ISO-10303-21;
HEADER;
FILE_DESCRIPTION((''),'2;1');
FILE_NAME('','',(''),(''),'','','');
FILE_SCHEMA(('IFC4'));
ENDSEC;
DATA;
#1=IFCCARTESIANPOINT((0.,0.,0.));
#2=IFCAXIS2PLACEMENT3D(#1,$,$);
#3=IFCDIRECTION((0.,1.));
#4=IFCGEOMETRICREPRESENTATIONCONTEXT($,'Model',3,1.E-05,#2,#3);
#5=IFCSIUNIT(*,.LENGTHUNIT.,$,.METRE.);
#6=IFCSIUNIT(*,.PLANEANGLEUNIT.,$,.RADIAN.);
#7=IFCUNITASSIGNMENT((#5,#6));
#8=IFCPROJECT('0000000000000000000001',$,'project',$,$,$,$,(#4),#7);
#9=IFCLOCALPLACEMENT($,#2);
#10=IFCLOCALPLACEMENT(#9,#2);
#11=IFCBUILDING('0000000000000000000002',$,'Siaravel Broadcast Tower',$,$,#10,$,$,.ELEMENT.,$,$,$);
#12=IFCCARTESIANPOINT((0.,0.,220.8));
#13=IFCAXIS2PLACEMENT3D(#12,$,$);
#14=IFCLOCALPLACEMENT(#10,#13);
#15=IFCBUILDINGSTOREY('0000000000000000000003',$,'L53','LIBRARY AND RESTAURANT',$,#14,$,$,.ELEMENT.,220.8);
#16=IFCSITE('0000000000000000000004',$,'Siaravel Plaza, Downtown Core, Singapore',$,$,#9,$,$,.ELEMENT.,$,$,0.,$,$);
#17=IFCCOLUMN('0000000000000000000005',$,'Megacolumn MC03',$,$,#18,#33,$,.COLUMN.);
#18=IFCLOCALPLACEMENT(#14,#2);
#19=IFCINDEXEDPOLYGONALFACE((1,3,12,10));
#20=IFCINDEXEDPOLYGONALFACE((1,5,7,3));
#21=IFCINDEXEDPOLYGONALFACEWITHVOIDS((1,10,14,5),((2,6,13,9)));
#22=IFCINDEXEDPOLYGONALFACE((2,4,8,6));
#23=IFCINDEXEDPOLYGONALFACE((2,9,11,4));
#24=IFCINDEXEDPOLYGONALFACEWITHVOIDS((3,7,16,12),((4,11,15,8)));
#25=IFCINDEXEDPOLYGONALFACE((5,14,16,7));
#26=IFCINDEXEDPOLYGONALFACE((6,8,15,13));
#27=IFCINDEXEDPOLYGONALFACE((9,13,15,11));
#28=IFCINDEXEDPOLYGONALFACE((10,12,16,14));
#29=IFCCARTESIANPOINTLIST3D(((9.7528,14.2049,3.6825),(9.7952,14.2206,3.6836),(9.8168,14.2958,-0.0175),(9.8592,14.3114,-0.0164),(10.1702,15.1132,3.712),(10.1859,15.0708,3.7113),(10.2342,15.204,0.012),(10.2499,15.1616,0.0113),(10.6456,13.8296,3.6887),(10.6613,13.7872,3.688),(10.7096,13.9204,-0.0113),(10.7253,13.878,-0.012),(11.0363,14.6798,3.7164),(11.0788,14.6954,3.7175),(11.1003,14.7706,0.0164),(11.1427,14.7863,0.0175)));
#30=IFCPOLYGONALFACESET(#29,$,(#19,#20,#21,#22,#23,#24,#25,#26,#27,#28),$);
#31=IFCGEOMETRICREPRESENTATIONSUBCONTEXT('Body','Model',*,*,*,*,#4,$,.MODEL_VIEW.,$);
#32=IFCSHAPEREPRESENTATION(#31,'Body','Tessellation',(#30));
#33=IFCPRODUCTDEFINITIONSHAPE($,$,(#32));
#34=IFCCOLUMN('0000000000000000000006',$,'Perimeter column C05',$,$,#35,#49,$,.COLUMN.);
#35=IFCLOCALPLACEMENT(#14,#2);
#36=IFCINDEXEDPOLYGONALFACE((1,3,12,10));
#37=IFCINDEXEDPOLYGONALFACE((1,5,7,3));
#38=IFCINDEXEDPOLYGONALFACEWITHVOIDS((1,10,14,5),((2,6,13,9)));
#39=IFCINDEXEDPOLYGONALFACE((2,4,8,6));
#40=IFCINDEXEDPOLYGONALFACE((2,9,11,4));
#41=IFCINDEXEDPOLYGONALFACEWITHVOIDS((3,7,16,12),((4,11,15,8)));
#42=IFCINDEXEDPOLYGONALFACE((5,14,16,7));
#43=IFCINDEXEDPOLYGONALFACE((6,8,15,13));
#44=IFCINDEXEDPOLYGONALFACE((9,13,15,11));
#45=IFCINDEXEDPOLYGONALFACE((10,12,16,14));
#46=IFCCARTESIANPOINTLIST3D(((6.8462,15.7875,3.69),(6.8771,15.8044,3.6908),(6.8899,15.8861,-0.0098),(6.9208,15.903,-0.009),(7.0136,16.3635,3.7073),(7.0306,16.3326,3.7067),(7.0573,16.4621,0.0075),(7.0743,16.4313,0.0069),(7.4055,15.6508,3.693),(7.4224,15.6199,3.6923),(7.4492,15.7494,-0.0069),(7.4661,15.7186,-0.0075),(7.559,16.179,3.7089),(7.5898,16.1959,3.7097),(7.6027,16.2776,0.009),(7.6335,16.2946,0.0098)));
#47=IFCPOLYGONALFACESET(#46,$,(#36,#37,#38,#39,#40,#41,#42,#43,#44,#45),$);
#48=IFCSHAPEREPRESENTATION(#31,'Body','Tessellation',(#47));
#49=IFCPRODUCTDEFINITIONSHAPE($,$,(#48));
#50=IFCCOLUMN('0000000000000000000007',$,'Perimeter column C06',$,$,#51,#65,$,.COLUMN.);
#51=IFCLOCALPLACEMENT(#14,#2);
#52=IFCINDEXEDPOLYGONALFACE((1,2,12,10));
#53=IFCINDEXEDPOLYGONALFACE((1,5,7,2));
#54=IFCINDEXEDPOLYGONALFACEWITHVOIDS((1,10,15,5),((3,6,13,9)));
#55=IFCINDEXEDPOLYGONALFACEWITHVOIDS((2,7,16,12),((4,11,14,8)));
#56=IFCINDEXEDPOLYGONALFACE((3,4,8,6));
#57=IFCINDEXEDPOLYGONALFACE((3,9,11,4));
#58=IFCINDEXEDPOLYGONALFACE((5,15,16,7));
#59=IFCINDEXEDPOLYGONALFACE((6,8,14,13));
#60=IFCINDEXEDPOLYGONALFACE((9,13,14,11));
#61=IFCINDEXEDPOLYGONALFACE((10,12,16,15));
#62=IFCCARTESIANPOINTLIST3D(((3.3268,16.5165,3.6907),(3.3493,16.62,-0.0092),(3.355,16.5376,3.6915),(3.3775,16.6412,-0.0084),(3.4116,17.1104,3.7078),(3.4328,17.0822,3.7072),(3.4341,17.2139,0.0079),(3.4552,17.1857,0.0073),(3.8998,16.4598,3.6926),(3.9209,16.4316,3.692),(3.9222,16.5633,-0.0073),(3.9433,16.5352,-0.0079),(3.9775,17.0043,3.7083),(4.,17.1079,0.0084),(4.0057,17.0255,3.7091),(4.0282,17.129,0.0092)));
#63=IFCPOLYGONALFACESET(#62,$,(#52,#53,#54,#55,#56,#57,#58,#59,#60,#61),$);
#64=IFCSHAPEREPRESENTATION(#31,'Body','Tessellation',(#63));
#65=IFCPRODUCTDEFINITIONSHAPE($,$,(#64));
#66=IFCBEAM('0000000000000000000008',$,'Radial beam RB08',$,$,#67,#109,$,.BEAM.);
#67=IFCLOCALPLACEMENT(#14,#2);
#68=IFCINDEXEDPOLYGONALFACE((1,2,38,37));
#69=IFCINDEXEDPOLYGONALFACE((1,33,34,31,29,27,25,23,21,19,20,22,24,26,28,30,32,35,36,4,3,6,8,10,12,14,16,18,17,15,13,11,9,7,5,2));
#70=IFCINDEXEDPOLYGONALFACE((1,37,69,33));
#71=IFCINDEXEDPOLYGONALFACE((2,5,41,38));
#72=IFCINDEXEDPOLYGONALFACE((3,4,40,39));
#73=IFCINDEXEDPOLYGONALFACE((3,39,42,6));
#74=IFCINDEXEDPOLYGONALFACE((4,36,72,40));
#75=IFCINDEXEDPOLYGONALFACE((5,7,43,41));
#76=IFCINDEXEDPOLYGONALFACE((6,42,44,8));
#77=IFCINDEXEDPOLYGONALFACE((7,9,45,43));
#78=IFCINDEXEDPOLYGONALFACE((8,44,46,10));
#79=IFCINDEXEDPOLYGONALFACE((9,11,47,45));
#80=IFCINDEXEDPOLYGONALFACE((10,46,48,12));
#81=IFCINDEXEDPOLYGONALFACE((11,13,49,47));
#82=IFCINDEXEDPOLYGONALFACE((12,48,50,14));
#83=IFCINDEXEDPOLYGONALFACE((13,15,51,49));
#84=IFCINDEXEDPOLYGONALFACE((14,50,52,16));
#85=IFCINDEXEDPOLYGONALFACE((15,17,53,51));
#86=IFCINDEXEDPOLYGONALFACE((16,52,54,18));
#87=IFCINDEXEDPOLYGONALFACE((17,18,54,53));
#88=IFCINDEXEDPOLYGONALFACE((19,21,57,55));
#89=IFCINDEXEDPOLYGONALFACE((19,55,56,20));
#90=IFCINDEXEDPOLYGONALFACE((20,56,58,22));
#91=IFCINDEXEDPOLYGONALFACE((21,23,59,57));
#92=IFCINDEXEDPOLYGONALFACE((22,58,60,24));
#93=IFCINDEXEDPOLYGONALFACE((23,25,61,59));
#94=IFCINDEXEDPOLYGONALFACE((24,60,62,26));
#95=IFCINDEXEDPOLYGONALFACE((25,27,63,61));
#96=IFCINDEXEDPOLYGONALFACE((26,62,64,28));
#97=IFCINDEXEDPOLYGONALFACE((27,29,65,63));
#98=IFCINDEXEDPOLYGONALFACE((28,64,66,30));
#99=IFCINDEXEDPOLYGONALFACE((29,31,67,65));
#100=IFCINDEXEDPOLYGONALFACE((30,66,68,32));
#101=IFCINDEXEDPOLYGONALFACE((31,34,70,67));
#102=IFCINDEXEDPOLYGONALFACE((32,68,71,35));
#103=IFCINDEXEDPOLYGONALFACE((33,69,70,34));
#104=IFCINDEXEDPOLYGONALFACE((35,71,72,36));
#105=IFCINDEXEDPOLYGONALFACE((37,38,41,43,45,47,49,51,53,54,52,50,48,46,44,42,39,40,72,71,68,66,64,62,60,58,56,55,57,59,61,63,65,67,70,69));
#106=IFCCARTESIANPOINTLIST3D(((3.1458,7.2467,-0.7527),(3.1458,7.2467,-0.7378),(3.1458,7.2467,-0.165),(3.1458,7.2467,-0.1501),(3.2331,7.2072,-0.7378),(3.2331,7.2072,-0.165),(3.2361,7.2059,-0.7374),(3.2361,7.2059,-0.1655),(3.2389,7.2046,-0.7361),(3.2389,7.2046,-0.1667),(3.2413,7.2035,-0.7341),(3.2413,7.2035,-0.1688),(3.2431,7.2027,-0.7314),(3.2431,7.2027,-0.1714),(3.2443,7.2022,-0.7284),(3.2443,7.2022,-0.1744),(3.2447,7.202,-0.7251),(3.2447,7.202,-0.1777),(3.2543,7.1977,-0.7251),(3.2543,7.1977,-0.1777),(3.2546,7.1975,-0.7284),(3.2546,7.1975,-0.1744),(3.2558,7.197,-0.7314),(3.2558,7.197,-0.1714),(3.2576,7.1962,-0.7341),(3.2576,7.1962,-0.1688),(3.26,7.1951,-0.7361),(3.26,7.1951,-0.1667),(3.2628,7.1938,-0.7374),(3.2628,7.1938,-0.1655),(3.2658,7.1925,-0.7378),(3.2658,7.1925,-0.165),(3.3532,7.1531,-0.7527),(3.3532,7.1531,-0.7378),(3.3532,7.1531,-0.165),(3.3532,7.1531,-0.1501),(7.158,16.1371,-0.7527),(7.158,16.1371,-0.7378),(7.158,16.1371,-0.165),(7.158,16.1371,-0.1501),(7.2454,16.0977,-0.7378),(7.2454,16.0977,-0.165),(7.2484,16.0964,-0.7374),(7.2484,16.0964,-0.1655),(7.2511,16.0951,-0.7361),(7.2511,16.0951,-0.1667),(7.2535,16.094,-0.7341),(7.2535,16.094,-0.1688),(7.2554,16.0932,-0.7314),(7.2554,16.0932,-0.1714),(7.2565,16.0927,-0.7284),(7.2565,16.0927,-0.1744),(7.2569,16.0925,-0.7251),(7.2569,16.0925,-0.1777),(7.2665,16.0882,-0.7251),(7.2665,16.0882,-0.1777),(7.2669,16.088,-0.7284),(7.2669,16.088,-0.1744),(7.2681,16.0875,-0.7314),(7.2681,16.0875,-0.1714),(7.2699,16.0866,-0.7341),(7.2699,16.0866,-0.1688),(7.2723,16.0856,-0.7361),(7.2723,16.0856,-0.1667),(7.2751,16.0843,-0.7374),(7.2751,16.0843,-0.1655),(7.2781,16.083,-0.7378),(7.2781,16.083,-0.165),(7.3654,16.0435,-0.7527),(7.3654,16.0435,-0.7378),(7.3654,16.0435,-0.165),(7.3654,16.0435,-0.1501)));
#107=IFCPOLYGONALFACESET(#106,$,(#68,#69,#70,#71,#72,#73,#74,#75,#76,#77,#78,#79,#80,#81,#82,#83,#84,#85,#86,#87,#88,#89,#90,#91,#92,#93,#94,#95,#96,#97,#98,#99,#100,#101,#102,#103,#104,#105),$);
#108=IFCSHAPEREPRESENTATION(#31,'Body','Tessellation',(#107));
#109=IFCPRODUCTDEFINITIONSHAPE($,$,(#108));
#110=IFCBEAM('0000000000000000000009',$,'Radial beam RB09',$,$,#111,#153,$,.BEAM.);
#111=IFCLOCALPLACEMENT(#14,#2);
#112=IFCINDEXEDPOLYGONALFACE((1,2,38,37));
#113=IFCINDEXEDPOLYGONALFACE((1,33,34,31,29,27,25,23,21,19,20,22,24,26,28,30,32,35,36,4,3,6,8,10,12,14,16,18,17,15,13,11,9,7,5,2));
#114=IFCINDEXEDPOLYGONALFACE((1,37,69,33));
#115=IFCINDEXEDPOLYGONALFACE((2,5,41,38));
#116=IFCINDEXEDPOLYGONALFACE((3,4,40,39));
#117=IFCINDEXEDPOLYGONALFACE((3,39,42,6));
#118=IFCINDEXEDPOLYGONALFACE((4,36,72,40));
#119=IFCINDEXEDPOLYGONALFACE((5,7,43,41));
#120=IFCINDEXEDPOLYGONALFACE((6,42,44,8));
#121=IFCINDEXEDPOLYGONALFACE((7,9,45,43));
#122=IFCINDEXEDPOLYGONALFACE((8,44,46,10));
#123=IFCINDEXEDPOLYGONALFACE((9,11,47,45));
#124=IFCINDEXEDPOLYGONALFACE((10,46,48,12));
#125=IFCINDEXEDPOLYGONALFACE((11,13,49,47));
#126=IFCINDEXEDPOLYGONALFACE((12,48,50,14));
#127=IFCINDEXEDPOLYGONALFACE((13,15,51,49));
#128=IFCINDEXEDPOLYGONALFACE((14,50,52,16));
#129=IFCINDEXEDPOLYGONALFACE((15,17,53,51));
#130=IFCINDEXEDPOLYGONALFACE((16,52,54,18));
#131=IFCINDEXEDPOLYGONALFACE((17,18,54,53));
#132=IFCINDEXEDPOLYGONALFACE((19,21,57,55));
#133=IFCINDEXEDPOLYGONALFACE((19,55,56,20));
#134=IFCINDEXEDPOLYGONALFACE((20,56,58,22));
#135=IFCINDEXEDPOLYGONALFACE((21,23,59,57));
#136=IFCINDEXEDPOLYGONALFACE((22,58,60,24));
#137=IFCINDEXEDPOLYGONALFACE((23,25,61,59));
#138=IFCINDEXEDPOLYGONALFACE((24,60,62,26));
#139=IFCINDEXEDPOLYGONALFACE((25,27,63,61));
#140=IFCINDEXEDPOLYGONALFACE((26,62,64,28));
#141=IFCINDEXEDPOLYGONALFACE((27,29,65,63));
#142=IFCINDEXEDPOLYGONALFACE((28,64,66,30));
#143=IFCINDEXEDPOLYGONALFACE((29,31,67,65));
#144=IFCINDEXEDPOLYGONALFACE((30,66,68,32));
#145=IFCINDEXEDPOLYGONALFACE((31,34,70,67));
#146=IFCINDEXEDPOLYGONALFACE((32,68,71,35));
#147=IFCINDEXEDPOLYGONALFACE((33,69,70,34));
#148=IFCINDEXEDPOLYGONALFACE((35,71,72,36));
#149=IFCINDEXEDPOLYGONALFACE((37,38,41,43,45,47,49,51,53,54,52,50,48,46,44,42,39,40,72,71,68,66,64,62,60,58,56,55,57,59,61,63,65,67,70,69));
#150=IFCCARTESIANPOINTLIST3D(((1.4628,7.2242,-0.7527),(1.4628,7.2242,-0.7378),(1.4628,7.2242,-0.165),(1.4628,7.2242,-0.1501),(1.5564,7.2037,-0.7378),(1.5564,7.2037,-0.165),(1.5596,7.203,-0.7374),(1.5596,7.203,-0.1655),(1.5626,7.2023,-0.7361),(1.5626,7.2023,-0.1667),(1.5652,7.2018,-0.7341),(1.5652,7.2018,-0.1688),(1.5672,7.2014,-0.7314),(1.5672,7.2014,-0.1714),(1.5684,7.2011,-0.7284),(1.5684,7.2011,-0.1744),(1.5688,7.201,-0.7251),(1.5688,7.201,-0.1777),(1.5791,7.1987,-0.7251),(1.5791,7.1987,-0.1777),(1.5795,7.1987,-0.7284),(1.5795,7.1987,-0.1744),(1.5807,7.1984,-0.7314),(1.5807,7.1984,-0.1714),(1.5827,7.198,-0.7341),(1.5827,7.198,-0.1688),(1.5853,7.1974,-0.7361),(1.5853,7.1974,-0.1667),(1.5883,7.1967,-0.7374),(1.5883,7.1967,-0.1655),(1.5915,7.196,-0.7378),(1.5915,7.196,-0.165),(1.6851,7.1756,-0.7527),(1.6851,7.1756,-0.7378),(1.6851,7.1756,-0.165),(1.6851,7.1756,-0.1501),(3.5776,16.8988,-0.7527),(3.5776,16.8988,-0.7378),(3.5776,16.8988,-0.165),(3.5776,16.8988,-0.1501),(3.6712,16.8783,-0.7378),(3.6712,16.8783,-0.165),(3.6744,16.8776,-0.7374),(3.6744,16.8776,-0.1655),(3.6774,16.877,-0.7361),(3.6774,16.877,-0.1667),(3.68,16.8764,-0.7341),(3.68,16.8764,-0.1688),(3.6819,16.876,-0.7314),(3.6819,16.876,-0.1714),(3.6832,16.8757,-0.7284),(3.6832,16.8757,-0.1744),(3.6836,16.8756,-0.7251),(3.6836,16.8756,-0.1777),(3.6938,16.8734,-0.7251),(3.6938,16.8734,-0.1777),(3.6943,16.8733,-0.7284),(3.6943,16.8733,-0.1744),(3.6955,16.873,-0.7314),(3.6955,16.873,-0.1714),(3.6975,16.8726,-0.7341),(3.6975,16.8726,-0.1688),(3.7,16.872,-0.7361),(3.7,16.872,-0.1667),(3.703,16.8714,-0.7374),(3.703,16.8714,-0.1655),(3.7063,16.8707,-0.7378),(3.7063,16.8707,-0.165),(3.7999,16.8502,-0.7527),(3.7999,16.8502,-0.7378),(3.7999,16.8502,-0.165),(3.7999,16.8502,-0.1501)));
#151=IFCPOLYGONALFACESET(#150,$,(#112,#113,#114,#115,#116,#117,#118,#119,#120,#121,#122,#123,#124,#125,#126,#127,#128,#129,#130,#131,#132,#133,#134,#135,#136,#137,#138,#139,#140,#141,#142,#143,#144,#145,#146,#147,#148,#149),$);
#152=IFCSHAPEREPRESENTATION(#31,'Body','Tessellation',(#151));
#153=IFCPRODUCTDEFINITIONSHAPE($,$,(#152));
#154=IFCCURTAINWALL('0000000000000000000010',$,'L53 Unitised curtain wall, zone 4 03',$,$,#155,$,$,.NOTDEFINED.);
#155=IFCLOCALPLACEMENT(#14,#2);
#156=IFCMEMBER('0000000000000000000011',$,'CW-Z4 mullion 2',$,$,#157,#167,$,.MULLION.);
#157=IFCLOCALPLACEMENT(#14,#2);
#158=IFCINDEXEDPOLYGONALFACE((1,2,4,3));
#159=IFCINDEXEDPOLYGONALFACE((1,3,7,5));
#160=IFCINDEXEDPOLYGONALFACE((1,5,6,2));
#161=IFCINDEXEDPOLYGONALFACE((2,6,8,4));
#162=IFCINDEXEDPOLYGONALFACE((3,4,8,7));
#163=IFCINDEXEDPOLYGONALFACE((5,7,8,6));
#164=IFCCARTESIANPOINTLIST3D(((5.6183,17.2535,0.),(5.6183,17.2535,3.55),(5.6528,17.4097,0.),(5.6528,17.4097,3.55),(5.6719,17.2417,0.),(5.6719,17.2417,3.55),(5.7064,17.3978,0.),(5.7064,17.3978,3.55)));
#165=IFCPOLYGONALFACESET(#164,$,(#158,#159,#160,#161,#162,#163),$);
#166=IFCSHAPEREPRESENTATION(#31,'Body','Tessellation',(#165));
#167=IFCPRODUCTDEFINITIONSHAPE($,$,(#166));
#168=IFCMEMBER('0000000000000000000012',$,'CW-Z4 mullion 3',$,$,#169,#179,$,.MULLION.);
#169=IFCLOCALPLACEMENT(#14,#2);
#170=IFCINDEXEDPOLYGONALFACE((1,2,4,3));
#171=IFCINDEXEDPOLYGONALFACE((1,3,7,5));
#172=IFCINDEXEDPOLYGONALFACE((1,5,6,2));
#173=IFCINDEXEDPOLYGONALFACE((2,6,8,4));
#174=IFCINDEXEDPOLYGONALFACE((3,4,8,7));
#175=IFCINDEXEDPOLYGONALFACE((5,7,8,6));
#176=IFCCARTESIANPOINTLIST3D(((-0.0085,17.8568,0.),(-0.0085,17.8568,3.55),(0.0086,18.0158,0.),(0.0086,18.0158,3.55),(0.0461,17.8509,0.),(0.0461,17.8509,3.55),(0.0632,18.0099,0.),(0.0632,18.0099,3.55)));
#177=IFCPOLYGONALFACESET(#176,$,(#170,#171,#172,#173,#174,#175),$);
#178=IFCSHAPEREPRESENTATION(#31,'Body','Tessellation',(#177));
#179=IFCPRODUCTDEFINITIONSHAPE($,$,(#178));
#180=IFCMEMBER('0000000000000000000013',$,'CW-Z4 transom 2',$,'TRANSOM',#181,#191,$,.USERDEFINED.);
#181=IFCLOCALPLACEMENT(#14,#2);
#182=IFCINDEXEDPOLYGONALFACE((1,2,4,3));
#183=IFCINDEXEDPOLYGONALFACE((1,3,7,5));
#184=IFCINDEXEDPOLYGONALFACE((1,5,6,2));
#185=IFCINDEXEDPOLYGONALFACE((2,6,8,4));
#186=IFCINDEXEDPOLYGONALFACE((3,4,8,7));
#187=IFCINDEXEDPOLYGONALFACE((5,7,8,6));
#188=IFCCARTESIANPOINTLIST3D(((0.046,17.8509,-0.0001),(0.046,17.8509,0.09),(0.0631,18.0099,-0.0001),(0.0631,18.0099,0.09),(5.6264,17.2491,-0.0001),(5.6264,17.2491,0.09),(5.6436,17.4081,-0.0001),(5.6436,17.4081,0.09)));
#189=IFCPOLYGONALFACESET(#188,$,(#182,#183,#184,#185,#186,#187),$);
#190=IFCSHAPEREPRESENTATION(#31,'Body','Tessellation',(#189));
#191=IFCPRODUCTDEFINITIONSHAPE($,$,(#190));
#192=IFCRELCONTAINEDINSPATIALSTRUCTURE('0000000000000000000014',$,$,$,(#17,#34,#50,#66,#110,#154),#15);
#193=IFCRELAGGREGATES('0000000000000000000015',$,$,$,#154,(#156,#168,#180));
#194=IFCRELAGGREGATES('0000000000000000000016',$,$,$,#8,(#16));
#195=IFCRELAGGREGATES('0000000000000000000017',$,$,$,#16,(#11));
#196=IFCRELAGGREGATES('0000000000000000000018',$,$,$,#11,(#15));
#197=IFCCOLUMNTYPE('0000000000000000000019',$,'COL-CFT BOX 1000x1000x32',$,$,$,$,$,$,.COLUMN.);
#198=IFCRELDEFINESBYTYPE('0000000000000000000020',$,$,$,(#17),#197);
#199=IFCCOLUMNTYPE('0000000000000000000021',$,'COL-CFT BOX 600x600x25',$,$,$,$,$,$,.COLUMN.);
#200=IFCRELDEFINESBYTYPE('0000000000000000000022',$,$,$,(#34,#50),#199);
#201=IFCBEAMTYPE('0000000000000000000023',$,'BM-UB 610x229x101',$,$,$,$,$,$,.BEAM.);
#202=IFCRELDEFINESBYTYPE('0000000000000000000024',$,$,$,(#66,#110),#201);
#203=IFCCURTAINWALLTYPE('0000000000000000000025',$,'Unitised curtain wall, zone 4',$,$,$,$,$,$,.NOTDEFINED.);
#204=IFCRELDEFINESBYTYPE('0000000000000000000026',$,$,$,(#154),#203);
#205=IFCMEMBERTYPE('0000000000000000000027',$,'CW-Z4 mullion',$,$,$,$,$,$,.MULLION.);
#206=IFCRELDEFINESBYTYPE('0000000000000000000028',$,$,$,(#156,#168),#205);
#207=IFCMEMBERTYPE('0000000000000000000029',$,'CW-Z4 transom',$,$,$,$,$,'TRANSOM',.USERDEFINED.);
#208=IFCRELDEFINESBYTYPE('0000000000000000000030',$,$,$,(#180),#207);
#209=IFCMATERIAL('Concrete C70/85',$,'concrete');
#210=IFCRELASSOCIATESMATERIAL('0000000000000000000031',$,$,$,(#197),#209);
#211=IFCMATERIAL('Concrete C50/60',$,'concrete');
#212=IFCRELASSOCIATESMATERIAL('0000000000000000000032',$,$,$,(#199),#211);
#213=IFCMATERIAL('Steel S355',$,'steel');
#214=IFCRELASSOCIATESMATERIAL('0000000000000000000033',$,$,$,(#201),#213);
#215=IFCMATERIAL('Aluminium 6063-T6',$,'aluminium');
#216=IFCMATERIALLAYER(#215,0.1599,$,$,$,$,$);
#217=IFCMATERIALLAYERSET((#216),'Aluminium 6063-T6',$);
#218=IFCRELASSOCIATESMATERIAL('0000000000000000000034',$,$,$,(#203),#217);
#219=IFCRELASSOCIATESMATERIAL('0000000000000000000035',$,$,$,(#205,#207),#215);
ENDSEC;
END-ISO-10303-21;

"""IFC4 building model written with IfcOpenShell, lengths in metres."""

from ifc_helpers import new_model, si_unit, direction, frame, origin, origin_2d, place, context, subcontext, project, spatial, rectangle, hollow_rectangle, i_section, extrude, material, layer, layer_set, material_profile, profile_set, type_object, element, aggregate, save


model = new_model("IFC4")

# Units and contexts
model_context = context("Model", 3, precision=1e-05, world=origin(), true_north=direction((0.0, 1.0)))
body_context = subcontext(model_context, "Body", "Model", "MODEL_VIEW")
ifc_project = project(units=[si_unit("LENGTHUNIT", "METRE"), si_unit("PLANEANGLEUNIT", "RADIAN")], contexts=[model_context])

# Site, building, storey
site_placement = place(None, origin())
site = spatial("IfcSite", under=ifc_project, at=site_placement, Name="Siaravel Plaza, Downtown Core, Singapore", CompositionType="ELEMENT", RefElevation=0.0)
building_placement = place(site_placement, origin())
building = spatial("IfcBuilding", under=site, at=building_placement, Name="Siaravel Broadcast Tower", CompositionType="ELEMENT")
storey_placement = place(building_placement, frame((0.0, 0.0, 220.8)))
storey = spatial("IfcBuildingStorey", under=building, at=storey_placement, Name="L53", Description="LIBRARY AND RESTAURANT", CompositionType="ELEMENT", Elevation=220.8)

# Columns
ifc_material_1 = material(Name="Concrete C70/85", Category="concrete")
ifc_material_profile_1 = material_profile(ifc_material_1, hollow_rectangle(XDim=1.0, YDim=1.0, WallThickness=0.032, at=origin_2d()))
ifc_profile_set_1 = profile_set([ifc_material_profile_1], Name="Concrete C70/85")
column_type_1 = type_object("IfcColumnType", Name="COL-CFT BOX 1000x1000x32", PredefinedType="COLUMN", material=ifc_profile_set_1)
column_placement = place(storey_placement, frame((10.4797, 14.541, 0.0), z_axis=(-0.01728, -0.024535, 0.99955), x_axis=(0.908555, -0.417729, 0.005453)))
element("IfcColumn", 1, at=column_placement, inside=storey, type_object=column_type_1, Name="Megacolumn MC03", PredefinedType="COLUMN", context=body_context, shape_type="SweptSolid", body=[
    extrude(hollow_rectangle(XDim=1.0, YDim=1.0, WallThickness=0.032, at=origin_2d()), origin(), (0.0, 0.0, 1.0), 3.7017),
])
ifc_material_2 = material(Name="Concrete C50/60", Category="concrete")
ifc_material_profile_2 = material_profile(ifc_material_2, hollow_rectangle(XDim=0.6001, YDim=0.6001, WallThickness=0.0249, at=origin_2d()))
ifc_profile_set_2 = profile_set([ifc_material_profile_2], Name="Concrete C50/60")
column_type_2 = type_object("IfcColumnType", Name="COL-CFT BOX 600x600x25", PredefinedType="COLUMN", material=ifc_profile_set_2)
for number, where, z_axis, x_axis, name in (
    (2, (7.2617, 16.0903, 0.0), (-0.011806, -0.026647, 0.999575), (0.960233, -0.279171, 0.003899), "Perimeter column C05"),
    (3, (3.6887, 16.8745, 0.0), (-0.006068, -0.027966, 0.99959), (0.989943, -0.141454, 0.002052), "Perimeter column C06"),
):
    element("IfcColumn", number, at=place(storey_placement, frame(where, z_axis=z_axis, x_axis=x_axis)), inside=storey, type_object=column_type_2, Name=name, PredefinedType="COLUMN", context=body_context, shape_type="SweptSolid", body=[
        extrude(hollow_rectangle(XDim=0.6001, YDim=0.6001, WallThickness=0.0249, at=origin_2d()), origin(), (0.0, 0.0, 1.0), 3.7014),
    ])

# Beams
ifc_material_3 = material(Name="Steel S355", Category="steel")
ifc_material_profile_3 = material_profile(ifc_material_3, i_section(OverallWidth=0.2275, OverallDepth=0.6025, WebThickness=0.0105, FlangeThickness=0.0149, FilletRadius=0.0127, at=origin_2d()))
ifc_profile_set_3 = profile_set([ifc_material_profile_3], Name="Steel S355")
beam_type = type_object("IfcBeamType", Name="BM-UB 610x229x101", PredefinedType="BEAM", material=ifc_profile_set_3)
beam_1_placement = place(storey_placement, frame((7.2617, 16.0903, -0.4514), z_axis=(-0.411348, -0.911478, 0.0), x_axis=(0.911478, -0.411348, 0.0)))
element("IfcBeam", 4, at=beam_1_placement, inside=storey, type_object=beam_type, Name="Radial beam RB08", PredefinedType="BEAM", context=body_context, shape_type="SweptSolid", body=[
    extrude(i_section(OverallWidth=0.2275, OverallDepth=0.6025, WebThickness=0.0105, FlangeThickness=0.0149, FilletRadius=0.0127, at=origin_2d()), origin(), (0.0, 0.0, 1.0), 9.7539),
])
beam_2_placement = place(storey_placement, frame((3.6887, 16.8745, -0.4514), z_axis=(-0.213546, -0.976933, 0.0), x_axis=(0.976933, -0.213546, 0.0)))
element("IfcBeam", 5, at=beam_2_placement, inside=storey, type_object=beam_type, Name="Radial beam RB09", PredefinedType="BEAM", context=body_context, shape_type="SweptSolid", body=[
    extrude(i_section(OverallWidth=0.2275, OverallDepth=0.6025, WebThickness=0.0105, FlangeThickness=0.0149, FilletRadius=0.0127, at=origin_2d()), origin(), (0.0, 0.0, 1.0), 9.9031),
])

# Curtain wall, members
ifc_material_4 = material(Name="Aluminium 6063-T6", Category="aluminium")
ifc_layer_1 = layer(ifc_material_4, 0.1599)
ifc_layer_set_1 = layer_set([ifc_layer_1], Name="Aluminium 6063-T6")
curtain_wall_type = type_object("IfcCurtainWallType", Name="Unitised curtain wall, zone 4", PredefinedType="NOTDEFINED", material=ifc_layer_set_1)
curtain_wall_placement = place(storey_placement, origin())
curtain_wall = element("IfcCurtainWall", 6, at=curtain_wall_placement, inside=storey, type_object=curtain_wall_type, Name="L53 Unitised curtain wall, zone 4 03", PredefinedType="NOTDEFINED")
ifc_material_profile_4 = material_profile(ifc_material_4, rectangle(XDim=0.1599, YDim=0.0549, at=origin_2d()))
ifc_profile_set_4 = profile_set([ifc_material_profile_4], Name="Aluminium 6063-T6")
member_type_1 = type_object("IfcMemberType", Name="CW-Z4 mullion", PredefinedType="MULLION", material=ifc_profile_set_4)
member_1_placement = place(storey_placement, frame((5.6624, 17.3257, 0.0), z_axis=(0.0, 0.0, 1.0), x_axis=(-0.215558, -0.976491, 0.0)))
member_1 = element("IfcMember", 7, at=member_1_placement, type_object=member_type_1, Name="CW-Z4 mullion 2", PredefinedType="MULLION", context=body_context, shape_type="SweptSolid", body=[
    extrude(rectangle(XDim=0.1599, YDim=0.0549, at=origin_2d()), origin(), (0.0, 0.0, 1.0), 3.55),
])
member_2_placement = place(storey_placement, frame((0.0273, 17.9333, 0.0), z_axis=(0.0, 0.0, 1.0), x_axis=(-0.107218, -0.994236, 0.0)))
member_2 = element("IfcMember", 8, at=member_2_placement, type_object=member_type_1, Name="CW-Z4 mullion 3", PredefinedType="MULLION", context=body_context, shape_type="SweptSolid", body=[
    extrude(rectangle(XDim=0.1599, YDim=0.0549, at=origin_2d()), origin(), (0.0, 0.0, 1.0), 3.55),
])
ifc_material_profile_5 = material_profile(ifc_material_4, rectangle(XDim=0.1599, YDim=0.0901, at=origin_2d()))
ifc_profile_set_5 = profile_set([ifc_material_profile_5], Name="Aluminium 6063-T6")
member_type_2 = type_object("IfcMemberType", Name="CW-Z4 transom", ElementType="TRANSOM", PredefinedType="USERDEFINED", material=ifc_profile_set_5)
member_3_placement = place(storey_placement, frame((5.635, 17.3286, 0.0449), z_axis=(-0.994235, 0.107223, 0.0), x_axis=(-0.107223, -0.994235, 0.0)))
member_3 = element("IfcMember", 9, at=member_3_placement, type_object=member_type_2, Name="CW-Z4 transom 2", ObjectType="TRANSOM", PredefinedType="USERDEFINED", context=body_context, shape_type="SweptSolid", body=[
    extrude(rectangle(XDim=0.1599, YDim=0.0901, at=origin_2d()), origin(), (0.0, 0.0, 1.0), 5.6128),
])
aggregate(curtain_wall, [member_1, member_2, member_3])

save(model, "model.ifc")
